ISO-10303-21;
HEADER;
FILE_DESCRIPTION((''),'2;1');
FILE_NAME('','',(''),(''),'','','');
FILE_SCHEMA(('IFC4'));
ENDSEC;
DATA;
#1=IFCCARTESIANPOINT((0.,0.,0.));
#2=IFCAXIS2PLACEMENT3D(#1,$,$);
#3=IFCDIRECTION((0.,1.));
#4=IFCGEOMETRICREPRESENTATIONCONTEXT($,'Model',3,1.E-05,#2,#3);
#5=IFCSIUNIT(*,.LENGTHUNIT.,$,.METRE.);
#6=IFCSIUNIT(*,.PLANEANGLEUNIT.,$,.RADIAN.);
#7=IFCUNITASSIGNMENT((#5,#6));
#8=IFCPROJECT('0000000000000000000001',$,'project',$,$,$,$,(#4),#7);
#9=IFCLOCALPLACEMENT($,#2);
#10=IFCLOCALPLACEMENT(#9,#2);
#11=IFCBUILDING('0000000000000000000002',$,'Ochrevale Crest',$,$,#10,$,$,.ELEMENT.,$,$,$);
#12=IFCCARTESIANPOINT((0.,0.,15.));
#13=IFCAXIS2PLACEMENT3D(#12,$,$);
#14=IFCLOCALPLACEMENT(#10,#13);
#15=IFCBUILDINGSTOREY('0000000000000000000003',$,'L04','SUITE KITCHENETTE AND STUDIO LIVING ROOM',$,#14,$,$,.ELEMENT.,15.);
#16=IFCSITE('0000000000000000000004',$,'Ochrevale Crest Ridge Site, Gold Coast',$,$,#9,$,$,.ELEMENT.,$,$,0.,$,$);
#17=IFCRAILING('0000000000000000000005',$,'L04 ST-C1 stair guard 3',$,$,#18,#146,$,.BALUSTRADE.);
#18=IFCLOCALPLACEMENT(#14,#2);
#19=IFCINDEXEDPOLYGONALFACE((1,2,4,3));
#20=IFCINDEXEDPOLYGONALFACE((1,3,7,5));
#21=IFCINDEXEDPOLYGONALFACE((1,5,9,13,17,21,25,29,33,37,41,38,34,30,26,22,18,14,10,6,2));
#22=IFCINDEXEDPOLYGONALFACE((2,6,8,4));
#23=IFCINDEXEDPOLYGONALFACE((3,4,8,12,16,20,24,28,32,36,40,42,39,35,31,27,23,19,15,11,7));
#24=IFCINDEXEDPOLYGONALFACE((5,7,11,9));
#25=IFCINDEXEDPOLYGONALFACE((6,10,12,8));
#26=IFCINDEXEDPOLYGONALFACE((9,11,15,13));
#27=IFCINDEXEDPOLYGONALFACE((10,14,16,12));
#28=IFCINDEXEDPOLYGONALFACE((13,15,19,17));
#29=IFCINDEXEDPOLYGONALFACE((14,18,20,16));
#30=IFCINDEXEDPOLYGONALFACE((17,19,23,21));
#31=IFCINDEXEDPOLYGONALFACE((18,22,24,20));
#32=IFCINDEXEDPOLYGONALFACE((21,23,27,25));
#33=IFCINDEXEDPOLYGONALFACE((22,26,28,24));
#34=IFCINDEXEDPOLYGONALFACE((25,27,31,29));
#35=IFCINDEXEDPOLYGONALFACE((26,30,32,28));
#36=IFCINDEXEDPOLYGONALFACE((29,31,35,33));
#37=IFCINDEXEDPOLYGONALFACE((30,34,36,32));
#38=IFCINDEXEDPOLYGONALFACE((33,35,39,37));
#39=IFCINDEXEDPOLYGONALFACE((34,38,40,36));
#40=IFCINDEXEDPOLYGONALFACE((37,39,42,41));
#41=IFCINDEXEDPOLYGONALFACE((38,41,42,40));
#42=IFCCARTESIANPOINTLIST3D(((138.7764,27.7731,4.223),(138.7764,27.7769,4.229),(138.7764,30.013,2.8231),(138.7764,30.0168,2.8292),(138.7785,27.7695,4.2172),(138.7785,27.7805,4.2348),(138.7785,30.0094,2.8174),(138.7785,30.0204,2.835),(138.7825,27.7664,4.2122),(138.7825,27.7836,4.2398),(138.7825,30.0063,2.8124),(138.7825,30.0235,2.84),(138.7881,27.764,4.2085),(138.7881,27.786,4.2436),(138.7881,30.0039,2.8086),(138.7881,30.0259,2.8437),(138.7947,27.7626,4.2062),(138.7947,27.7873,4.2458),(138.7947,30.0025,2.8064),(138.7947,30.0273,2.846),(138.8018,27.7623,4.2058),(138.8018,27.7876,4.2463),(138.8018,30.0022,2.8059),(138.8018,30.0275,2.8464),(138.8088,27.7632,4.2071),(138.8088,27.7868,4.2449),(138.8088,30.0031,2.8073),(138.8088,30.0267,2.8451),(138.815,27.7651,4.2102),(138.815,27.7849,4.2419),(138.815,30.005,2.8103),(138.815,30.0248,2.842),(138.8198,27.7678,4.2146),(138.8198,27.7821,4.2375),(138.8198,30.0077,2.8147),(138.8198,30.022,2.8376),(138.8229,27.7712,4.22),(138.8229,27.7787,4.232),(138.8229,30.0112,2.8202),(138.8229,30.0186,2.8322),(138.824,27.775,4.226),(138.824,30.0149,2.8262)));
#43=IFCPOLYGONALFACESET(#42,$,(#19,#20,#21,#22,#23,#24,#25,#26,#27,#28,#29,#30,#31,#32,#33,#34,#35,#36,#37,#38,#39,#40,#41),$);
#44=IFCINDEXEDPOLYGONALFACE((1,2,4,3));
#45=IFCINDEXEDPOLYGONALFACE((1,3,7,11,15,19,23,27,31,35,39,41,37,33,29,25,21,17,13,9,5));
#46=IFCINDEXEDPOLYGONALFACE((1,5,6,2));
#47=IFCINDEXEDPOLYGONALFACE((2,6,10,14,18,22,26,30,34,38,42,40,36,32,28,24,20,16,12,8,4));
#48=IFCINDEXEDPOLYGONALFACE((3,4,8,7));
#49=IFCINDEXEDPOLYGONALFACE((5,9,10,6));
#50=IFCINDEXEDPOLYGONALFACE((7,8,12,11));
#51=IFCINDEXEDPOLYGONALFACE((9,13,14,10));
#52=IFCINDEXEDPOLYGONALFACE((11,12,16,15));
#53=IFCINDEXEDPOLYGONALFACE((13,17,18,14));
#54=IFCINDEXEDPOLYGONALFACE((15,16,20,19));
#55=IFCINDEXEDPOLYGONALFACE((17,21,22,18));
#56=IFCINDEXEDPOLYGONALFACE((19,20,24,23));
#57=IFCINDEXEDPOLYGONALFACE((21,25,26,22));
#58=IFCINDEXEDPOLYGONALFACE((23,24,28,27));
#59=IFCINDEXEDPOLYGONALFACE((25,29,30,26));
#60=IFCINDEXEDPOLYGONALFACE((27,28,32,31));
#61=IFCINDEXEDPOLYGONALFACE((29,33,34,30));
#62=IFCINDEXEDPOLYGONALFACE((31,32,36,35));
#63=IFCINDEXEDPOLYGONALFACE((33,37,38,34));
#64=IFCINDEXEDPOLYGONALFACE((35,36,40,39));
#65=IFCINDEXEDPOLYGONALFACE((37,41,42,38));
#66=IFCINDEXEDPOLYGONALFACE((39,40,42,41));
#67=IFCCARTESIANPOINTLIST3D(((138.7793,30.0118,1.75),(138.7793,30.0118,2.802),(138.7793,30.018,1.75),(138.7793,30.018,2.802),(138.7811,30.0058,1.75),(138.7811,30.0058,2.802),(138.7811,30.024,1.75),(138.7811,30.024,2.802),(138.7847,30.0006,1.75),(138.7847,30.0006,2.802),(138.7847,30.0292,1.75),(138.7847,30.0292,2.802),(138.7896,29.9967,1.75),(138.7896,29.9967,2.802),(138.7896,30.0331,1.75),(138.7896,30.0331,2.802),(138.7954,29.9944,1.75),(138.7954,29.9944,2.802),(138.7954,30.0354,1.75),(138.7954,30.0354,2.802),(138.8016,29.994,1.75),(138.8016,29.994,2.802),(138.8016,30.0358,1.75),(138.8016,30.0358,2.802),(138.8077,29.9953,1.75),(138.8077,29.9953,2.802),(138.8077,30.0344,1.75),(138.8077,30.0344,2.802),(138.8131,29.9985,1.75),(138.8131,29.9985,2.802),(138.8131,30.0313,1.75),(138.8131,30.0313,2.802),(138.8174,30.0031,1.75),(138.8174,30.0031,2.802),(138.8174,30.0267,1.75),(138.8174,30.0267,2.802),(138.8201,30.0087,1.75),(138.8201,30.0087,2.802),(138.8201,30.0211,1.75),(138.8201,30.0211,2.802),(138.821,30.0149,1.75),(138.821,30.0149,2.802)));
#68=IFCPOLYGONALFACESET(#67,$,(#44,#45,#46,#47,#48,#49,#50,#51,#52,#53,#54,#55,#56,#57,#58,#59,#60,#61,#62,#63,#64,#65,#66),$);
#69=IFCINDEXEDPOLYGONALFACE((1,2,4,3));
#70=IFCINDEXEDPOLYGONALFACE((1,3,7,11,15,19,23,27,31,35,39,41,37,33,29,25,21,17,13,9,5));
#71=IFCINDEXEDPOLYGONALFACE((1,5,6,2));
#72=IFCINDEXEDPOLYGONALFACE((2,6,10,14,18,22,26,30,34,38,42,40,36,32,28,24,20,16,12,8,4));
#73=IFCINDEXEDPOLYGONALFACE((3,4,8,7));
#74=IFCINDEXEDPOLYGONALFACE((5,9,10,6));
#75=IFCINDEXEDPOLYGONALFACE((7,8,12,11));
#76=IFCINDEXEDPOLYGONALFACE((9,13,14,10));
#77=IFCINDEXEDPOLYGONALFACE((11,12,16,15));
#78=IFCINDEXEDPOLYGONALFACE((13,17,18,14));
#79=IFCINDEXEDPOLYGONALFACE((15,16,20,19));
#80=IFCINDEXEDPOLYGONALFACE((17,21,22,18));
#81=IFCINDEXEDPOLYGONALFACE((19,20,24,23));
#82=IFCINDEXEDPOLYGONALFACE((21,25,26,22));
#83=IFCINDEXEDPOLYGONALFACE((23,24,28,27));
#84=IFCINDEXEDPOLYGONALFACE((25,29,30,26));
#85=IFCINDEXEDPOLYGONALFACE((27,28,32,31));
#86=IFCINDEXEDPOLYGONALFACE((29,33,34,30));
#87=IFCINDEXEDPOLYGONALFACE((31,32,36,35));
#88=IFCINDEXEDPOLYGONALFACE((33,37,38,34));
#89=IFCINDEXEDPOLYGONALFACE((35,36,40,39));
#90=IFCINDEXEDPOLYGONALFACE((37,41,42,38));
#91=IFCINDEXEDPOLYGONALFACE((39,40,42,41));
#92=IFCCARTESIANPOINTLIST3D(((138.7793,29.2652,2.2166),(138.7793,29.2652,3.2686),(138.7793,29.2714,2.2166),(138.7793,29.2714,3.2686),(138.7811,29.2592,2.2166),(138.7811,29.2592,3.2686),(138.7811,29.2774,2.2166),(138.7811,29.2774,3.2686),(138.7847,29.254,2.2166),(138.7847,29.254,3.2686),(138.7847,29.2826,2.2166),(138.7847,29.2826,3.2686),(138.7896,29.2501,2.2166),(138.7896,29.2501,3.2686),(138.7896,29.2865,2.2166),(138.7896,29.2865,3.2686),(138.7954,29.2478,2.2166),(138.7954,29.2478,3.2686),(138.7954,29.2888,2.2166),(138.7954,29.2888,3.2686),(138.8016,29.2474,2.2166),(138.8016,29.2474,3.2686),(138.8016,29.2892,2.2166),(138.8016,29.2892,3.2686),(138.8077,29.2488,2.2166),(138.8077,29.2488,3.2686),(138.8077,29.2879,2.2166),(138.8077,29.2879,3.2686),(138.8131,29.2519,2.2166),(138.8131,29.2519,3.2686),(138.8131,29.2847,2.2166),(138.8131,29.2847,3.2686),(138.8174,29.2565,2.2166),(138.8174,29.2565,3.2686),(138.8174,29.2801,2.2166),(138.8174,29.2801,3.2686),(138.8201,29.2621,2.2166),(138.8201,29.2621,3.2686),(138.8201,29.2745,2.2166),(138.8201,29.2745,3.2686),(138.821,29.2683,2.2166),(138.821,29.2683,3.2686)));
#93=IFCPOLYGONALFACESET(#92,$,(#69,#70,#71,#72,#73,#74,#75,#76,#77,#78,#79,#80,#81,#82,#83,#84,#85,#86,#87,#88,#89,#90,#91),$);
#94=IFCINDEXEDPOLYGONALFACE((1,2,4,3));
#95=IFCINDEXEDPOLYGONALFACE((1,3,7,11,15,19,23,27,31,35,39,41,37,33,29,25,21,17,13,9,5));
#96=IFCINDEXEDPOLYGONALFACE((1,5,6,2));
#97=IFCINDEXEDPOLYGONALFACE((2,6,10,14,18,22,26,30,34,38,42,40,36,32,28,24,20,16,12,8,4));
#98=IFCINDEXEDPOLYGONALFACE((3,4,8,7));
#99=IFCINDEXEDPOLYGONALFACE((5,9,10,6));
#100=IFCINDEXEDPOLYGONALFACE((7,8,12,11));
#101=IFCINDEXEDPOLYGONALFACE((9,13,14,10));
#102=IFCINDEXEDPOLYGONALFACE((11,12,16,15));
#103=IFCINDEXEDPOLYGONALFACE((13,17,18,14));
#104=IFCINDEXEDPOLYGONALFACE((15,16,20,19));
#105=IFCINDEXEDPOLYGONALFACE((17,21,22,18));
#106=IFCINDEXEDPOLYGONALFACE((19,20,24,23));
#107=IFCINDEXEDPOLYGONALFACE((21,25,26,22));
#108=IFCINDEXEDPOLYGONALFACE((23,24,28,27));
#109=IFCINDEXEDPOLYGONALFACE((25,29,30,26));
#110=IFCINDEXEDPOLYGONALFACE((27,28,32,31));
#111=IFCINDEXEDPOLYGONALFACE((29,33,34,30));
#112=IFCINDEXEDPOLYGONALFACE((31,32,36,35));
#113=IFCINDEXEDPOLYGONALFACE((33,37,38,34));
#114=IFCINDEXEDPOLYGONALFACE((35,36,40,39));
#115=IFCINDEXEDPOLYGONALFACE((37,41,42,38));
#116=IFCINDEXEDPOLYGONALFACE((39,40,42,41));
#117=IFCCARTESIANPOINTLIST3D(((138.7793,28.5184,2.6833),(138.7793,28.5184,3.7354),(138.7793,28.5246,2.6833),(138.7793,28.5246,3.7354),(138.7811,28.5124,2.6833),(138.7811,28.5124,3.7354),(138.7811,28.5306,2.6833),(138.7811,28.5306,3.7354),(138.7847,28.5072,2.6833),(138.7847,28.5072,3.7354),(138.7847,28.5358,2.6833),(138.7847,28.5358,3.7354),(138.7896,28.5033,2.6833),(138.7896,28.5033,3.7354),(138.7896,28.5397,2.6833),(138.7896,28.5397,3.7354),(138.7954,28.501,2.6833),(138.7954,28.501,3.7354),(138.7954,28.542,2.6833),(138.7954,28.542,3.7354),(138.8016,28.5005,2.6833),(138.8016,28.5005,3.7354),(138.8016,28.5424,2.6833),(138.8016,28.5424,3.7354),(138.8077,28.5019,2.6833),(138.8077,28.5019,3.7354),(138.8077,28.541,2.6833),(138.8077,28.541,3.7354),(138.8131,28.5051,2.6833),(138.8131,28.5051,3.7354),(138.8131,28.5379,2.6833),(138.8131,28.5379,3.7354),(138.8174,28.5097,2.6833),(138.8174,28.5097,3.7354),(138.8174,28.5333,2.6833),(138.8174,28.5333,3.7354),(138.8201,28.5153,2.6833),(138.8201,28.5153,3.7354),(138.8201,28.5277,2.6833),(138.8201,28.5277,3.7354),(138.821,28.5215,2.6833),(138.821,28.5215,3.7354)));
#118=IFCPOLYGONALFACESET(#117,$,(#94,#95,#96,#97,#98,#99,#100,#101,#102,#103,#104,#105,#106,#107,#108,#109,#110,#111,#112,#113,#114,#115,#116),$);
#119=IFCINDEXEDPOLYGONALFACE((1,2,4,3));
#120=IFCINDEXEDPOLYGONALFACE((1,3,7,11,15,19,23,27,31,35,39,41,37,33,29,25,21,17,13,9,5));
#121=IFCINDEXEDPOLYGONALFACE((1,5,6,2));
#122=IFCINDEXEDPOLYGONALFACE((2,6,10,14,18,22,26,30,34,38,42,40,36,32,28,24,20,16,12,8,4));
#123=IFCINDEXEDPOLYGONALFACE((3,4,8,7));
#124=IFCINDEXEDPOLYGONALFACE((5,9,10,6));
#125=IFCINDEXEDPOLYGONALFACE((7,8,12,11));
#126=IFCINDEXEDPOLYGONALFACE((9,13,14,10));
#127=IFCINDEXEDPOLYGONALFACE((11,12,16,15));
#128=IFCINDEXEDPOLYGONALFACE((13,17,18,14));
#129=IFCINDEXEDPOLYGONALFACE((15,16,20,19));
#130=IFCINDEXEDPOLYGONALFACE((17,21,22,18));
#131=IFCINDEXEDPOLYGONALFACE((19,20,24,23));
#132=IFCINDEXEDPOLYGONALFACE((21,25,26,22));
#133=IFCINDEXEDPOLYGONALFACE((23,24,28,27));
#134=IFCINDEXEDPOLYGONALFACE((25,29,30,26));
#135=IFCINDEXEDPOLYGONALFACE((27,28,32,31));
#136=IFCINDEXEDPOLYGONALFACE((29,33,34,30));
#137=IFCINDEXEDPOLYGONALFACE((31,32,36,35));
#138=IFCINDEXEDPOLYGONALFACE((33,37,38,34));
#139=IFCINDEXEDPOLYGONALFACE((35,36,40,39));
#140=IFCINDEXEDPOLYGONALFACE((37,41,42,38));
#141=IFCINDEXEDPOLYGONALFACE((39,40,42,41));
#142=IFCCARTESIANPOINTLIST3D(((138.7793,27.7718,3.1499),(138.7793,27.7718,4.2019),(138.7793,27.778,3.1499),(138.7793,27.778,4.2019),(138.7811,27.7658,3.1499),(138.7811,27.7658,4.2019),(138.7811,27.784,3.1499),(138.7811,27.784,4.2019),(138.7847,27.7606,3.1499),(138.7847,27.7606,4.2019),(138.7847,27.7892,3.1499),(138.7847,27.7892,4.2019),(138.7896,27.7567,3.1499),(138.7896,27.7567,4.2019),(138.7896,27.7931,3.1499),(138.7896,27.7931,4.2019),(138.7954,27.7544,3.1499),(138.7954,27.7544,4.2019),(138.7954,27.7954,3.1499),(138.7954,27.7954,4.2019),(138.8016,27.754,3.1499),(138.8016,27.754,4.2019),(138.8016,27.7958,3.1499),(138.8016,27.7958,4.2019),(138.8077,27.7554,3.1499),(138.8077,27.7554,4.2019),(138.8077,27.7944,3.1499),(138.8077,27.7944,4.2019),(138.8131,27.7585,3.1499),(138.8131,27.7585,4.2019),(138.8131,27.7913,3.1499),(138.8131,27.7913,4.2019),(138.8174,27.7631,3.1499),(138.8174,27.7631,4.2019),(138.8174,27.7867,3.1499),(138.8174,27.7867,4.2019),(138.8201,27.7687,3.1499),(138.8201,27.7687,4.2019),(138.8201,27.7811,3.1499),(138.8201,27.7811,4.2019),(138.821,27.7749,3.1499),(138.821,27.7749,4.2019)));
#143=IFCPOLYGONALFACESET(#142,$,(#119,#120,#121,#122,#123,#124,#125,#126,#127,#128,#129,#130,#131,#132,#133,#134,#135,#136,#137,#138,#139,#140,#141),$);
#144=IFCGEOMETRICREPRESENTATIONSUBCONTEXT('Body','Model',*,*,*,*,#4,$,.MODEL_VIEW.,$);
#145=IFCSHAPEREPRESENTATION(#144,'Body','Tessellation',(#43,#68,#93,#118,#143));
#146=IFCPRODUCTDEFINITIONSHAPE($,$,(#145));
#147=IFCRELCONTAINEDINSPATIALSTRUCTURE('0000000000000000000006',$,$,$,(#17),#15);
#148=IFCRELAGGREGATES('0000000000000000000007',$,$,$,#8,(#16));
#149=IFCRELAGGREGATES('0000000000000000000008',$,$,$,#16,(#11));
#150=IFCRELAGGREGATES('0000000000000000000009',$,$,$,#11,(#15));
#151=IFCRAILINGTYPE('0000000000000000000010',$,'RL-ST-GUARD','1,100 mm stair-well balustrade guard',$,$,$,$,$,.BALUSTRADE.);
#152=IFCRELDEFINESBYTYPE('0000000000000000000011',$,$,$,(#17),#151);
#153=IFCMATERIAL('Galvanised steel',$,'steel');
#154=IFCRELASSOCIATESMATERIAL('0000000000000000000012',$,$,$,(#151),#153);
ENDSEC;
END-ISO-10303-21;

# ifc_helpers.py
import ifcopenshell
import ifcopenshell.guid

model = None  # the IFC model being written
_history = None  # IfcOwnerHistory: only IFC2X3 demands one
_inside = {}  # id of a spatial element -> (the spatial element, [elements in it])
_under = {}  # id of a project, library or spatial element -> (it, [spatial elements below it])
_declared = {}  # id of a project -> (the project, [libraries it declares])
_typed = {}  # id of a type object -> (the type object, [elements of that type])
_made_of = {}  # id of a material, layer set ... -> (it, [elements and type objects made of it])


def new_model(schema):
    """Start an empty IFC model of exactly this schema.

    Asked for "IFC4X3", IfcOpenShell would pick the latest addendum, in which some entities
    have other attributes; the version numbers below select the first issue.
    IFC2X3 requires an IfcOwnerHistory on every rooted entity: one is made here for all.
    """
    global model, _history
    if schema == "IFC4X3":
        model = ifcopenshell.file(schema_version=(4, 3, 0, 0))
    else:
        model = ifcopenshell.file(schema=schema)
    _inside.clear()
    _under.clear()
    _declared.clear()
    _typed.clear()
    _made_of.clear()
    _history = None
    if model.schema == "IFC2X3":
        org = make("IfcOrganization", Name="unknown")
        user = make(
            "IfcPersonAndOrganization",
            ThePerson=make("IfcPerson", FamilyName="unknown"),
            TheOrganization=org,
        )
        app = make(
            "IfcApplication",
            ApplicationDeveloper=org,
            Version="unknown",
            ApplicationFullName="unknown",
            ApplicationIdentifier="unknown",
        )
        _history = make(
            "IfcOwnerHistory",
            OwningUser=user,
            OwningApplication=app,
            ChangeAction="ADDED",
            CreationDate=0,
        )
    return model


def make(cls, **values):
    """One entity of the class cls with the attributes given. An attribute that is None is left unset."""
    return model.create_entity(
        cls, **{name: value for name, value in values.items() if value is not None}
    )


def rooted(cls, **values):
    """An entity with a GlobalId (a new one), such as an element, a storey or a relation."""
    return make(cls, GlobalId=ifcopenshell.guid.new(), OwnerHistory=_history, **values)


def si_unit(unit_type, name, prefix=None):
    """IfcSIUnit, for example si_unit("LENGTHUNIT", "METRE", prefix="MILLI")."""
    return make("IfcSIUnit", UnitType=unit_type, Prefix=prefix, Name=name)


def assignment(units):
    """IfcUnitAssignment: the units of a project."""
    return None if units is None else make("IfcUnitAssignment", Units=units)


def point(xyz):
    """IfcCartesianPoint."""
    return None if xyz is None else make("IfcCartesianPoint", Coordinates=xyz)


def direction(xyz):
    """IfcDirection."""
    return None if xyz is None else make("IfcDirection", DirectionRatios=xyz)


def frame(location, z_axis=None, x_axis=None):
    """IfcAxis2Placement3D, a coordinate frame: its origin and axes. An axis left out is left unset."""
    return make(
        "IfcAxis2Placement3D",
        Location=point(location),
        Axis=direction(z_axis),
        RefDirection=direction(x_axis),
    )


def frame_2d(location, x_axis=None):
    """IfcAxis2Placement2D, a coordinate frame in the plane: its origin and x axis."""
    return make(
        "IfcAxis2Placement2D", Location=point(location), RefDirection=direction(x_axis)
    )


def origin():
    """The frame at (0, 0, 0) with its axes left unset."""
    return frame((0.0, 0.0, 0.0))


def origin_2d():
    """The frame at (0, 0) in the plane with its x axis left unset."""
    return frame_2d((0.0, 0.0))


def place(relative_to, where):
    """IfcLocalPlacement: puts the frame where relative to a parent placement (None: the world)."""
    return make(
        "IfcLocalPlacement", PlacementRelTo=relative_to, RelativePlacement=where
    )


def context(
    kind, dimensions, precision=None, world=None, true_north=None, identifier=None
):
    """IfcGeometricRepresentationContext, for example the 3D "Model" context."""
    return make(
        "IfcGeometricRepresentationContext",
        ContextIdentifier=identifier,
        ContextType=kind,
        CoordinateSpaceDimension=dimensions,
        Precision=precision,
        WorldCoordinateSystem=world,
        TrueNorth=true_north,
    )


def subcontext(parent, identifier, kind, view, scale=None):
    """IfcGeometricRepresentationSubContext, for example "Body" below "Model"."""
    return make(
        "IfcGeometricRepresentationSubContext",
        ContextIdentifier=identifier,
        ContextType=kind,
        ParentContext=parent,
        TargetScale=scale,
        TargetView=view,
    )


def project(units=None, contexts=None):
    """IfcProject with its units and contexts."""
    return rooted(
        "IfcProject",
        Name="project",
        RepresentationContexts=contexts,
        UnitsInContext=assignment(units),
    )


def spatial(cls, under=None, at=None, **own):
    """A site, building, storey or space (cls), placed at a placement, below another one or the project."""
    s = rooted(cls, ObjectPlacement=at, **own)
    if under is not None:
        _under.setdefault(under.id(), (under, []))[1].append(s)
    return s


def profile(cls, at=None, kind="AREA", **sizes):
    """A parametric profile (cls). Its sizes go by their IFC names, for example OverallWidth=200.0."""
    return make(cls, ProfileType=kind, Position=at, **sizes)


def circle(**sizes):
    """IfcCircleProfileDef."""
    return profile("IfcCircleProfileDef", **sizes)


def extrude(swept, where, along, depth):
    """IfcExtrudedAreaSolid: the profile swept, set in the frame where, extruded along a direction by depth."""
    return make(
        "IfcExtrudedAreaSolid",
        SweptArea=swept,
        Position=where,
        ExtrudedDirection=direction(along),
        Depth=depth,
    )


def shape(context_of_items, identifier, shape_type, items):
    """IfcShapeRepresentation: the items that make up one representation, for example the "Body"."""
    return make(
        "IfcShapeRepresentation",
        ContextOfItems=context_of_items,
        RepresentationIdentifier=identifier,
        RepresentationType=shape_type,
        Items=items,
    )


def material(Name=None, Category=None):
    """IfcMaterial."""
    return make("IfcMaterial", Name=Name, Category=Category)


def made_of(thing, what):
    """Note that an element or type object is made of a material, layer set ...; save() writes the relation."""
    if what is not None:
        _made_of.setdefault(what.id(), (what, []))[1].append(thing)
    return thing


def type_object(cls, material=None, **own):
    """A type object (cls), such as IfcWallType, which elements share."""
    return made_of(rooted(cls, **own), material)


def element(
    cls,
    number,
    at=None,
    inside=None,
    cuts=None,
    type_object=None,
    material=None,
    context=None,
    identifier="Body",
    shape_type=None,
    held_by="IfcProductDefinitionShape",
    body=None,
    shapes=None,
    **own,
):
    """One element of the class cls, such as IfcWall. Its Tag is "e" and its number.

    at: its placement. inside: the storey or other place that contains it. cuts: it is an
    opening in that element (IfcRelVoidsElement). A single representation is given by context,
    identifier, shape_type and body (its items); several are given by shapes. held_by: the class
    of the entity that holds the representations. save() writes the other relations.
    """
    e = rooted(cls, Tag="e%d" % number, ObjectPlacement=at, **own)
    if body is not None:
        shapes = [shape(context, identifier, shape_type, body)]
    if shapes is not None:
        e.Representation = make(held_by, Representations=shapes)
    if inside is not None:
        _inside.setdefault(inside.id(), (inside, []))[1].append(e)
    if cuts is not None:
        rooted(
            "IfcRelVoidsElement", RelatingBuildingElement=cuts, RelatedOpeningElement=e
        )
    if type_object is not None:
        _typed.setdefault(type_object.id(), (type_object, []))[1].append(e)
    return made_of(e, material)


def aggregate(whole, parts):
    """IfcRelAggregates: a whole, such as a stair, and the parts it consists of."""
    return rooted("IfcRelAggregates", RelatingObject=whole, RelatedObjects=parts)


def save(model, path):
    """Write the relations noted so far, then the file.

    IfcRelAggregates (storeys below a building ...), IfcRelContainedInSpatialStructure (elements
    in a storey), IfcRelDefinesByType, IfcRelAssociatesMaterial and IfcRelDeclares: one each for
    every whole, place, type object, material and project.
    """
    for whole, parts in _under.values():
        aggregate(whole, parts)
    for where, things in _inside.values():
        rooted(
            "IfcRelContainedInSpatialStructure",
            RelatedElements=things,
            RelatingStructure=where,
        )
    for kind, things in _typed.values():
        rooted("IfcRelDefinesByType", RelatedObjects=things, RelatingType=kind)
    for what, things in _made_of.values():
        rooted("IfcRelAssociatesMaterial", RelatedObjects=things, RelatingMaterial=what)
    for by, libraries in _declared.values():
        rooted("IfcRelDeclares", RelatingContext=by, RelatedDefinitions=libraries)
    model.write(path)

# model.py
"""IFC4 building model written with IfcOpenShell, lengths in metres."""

from ifc_helpers import new_model, si_unit, direction, frame, origin, origin_2d, place, context, subcontext, project, spatial, circle, extrude, material, type_object, element, save


model = new_model("IFC4")

# Units and contexts
model_context = context("Model", 3, precision=1e-05, world=origin(), true_north=direction((0.0, 1.0)))
body_context = subcontext(model_context, "Body", "Model", "MODEL_VIEW")
ifc_project = project(units=[si_unit("LENGTHUNIT", "METRE"), si_unit("PLANEANGLEUNIT", "RADIAN")], contexts=[model_context])

# Site, building, storey
site_placement = place(None, origin())
site = spatial("IfcSite", under=ifc_project, at=site_placement, Name="Ochrevale Crest Ridge Site, Gold Coast", CompositionType="ELEMENT", RefElevation=0.0)
building_placement = place(site_placement, origin())
building = spatial("IfcBuilding", under=site, at=building_placement, Name="Ochrevale Crest", CompositionType="ELEMENT")
storey_placement = place(building_placement, frame((0.0, 0.0, 15.0)))
storey = spatial("IfcBuildingStorey", under=building, at=storey_placement, Name="L04", Description="SUITE KITCHENETTE AND STUDIO LIVING ROOM", CompositionType="ELEMENT", Elevation=15.0)

# Railing
ifc_material_1 = material(Name="Galvanised steel", Category="steel")
railing_type_1 = type_object("IfcRailingType", Name="RL-ST-GUARD", Description="1,100 mm stair-well balustrade guard", PredefinedType="BALUSTRADE", material=ifc_material_1)
railing_1_placement = place(storey_placement, frame((138.8, 30.0149, 1.75)))
element("IfcRailing", 1, at=railing_1_placement, inside=storey, type_object=railing_type_1, Name="L04 ST-C1 stair guard 3", PredefinedType="BALUSTRADE", context=body_context, shape_type="SweptSolid", body=[
    extrude(circle(Radius=0.0239, at=origin_2d()), frame((0.0, 0.0, 1.0762), z_axis=(0.0, -0.848014, 0.529974), x_axis=(1.0, 0.0, 0.0)), (0.0, 0.0, 1.0), 2.6414),
    extrude(circle(Radius=0.021, at=origin_2d()), origin(), (0.0, 0.0, 1.0), 1.052),
    extrude(circle(Radius=0.021, at=origin_2d()), frame((0.0, -0.7466, 0.4666)), (0.0, 0.0, 1.0), 1.052),
    extrude(circle(Radius=0.021, at=origin_2d()), frame((0.0, -1.4934, 0.9333)), (0.0, 0.0, 1.0), 1.052),
    extrude(circle(Radius=0.021, at=origin_2d()), frame((0.0, -2.24, 1.3999)), (0.0, 0.0, 1.0), 1.052),
])

save(model, "model.ifc")
